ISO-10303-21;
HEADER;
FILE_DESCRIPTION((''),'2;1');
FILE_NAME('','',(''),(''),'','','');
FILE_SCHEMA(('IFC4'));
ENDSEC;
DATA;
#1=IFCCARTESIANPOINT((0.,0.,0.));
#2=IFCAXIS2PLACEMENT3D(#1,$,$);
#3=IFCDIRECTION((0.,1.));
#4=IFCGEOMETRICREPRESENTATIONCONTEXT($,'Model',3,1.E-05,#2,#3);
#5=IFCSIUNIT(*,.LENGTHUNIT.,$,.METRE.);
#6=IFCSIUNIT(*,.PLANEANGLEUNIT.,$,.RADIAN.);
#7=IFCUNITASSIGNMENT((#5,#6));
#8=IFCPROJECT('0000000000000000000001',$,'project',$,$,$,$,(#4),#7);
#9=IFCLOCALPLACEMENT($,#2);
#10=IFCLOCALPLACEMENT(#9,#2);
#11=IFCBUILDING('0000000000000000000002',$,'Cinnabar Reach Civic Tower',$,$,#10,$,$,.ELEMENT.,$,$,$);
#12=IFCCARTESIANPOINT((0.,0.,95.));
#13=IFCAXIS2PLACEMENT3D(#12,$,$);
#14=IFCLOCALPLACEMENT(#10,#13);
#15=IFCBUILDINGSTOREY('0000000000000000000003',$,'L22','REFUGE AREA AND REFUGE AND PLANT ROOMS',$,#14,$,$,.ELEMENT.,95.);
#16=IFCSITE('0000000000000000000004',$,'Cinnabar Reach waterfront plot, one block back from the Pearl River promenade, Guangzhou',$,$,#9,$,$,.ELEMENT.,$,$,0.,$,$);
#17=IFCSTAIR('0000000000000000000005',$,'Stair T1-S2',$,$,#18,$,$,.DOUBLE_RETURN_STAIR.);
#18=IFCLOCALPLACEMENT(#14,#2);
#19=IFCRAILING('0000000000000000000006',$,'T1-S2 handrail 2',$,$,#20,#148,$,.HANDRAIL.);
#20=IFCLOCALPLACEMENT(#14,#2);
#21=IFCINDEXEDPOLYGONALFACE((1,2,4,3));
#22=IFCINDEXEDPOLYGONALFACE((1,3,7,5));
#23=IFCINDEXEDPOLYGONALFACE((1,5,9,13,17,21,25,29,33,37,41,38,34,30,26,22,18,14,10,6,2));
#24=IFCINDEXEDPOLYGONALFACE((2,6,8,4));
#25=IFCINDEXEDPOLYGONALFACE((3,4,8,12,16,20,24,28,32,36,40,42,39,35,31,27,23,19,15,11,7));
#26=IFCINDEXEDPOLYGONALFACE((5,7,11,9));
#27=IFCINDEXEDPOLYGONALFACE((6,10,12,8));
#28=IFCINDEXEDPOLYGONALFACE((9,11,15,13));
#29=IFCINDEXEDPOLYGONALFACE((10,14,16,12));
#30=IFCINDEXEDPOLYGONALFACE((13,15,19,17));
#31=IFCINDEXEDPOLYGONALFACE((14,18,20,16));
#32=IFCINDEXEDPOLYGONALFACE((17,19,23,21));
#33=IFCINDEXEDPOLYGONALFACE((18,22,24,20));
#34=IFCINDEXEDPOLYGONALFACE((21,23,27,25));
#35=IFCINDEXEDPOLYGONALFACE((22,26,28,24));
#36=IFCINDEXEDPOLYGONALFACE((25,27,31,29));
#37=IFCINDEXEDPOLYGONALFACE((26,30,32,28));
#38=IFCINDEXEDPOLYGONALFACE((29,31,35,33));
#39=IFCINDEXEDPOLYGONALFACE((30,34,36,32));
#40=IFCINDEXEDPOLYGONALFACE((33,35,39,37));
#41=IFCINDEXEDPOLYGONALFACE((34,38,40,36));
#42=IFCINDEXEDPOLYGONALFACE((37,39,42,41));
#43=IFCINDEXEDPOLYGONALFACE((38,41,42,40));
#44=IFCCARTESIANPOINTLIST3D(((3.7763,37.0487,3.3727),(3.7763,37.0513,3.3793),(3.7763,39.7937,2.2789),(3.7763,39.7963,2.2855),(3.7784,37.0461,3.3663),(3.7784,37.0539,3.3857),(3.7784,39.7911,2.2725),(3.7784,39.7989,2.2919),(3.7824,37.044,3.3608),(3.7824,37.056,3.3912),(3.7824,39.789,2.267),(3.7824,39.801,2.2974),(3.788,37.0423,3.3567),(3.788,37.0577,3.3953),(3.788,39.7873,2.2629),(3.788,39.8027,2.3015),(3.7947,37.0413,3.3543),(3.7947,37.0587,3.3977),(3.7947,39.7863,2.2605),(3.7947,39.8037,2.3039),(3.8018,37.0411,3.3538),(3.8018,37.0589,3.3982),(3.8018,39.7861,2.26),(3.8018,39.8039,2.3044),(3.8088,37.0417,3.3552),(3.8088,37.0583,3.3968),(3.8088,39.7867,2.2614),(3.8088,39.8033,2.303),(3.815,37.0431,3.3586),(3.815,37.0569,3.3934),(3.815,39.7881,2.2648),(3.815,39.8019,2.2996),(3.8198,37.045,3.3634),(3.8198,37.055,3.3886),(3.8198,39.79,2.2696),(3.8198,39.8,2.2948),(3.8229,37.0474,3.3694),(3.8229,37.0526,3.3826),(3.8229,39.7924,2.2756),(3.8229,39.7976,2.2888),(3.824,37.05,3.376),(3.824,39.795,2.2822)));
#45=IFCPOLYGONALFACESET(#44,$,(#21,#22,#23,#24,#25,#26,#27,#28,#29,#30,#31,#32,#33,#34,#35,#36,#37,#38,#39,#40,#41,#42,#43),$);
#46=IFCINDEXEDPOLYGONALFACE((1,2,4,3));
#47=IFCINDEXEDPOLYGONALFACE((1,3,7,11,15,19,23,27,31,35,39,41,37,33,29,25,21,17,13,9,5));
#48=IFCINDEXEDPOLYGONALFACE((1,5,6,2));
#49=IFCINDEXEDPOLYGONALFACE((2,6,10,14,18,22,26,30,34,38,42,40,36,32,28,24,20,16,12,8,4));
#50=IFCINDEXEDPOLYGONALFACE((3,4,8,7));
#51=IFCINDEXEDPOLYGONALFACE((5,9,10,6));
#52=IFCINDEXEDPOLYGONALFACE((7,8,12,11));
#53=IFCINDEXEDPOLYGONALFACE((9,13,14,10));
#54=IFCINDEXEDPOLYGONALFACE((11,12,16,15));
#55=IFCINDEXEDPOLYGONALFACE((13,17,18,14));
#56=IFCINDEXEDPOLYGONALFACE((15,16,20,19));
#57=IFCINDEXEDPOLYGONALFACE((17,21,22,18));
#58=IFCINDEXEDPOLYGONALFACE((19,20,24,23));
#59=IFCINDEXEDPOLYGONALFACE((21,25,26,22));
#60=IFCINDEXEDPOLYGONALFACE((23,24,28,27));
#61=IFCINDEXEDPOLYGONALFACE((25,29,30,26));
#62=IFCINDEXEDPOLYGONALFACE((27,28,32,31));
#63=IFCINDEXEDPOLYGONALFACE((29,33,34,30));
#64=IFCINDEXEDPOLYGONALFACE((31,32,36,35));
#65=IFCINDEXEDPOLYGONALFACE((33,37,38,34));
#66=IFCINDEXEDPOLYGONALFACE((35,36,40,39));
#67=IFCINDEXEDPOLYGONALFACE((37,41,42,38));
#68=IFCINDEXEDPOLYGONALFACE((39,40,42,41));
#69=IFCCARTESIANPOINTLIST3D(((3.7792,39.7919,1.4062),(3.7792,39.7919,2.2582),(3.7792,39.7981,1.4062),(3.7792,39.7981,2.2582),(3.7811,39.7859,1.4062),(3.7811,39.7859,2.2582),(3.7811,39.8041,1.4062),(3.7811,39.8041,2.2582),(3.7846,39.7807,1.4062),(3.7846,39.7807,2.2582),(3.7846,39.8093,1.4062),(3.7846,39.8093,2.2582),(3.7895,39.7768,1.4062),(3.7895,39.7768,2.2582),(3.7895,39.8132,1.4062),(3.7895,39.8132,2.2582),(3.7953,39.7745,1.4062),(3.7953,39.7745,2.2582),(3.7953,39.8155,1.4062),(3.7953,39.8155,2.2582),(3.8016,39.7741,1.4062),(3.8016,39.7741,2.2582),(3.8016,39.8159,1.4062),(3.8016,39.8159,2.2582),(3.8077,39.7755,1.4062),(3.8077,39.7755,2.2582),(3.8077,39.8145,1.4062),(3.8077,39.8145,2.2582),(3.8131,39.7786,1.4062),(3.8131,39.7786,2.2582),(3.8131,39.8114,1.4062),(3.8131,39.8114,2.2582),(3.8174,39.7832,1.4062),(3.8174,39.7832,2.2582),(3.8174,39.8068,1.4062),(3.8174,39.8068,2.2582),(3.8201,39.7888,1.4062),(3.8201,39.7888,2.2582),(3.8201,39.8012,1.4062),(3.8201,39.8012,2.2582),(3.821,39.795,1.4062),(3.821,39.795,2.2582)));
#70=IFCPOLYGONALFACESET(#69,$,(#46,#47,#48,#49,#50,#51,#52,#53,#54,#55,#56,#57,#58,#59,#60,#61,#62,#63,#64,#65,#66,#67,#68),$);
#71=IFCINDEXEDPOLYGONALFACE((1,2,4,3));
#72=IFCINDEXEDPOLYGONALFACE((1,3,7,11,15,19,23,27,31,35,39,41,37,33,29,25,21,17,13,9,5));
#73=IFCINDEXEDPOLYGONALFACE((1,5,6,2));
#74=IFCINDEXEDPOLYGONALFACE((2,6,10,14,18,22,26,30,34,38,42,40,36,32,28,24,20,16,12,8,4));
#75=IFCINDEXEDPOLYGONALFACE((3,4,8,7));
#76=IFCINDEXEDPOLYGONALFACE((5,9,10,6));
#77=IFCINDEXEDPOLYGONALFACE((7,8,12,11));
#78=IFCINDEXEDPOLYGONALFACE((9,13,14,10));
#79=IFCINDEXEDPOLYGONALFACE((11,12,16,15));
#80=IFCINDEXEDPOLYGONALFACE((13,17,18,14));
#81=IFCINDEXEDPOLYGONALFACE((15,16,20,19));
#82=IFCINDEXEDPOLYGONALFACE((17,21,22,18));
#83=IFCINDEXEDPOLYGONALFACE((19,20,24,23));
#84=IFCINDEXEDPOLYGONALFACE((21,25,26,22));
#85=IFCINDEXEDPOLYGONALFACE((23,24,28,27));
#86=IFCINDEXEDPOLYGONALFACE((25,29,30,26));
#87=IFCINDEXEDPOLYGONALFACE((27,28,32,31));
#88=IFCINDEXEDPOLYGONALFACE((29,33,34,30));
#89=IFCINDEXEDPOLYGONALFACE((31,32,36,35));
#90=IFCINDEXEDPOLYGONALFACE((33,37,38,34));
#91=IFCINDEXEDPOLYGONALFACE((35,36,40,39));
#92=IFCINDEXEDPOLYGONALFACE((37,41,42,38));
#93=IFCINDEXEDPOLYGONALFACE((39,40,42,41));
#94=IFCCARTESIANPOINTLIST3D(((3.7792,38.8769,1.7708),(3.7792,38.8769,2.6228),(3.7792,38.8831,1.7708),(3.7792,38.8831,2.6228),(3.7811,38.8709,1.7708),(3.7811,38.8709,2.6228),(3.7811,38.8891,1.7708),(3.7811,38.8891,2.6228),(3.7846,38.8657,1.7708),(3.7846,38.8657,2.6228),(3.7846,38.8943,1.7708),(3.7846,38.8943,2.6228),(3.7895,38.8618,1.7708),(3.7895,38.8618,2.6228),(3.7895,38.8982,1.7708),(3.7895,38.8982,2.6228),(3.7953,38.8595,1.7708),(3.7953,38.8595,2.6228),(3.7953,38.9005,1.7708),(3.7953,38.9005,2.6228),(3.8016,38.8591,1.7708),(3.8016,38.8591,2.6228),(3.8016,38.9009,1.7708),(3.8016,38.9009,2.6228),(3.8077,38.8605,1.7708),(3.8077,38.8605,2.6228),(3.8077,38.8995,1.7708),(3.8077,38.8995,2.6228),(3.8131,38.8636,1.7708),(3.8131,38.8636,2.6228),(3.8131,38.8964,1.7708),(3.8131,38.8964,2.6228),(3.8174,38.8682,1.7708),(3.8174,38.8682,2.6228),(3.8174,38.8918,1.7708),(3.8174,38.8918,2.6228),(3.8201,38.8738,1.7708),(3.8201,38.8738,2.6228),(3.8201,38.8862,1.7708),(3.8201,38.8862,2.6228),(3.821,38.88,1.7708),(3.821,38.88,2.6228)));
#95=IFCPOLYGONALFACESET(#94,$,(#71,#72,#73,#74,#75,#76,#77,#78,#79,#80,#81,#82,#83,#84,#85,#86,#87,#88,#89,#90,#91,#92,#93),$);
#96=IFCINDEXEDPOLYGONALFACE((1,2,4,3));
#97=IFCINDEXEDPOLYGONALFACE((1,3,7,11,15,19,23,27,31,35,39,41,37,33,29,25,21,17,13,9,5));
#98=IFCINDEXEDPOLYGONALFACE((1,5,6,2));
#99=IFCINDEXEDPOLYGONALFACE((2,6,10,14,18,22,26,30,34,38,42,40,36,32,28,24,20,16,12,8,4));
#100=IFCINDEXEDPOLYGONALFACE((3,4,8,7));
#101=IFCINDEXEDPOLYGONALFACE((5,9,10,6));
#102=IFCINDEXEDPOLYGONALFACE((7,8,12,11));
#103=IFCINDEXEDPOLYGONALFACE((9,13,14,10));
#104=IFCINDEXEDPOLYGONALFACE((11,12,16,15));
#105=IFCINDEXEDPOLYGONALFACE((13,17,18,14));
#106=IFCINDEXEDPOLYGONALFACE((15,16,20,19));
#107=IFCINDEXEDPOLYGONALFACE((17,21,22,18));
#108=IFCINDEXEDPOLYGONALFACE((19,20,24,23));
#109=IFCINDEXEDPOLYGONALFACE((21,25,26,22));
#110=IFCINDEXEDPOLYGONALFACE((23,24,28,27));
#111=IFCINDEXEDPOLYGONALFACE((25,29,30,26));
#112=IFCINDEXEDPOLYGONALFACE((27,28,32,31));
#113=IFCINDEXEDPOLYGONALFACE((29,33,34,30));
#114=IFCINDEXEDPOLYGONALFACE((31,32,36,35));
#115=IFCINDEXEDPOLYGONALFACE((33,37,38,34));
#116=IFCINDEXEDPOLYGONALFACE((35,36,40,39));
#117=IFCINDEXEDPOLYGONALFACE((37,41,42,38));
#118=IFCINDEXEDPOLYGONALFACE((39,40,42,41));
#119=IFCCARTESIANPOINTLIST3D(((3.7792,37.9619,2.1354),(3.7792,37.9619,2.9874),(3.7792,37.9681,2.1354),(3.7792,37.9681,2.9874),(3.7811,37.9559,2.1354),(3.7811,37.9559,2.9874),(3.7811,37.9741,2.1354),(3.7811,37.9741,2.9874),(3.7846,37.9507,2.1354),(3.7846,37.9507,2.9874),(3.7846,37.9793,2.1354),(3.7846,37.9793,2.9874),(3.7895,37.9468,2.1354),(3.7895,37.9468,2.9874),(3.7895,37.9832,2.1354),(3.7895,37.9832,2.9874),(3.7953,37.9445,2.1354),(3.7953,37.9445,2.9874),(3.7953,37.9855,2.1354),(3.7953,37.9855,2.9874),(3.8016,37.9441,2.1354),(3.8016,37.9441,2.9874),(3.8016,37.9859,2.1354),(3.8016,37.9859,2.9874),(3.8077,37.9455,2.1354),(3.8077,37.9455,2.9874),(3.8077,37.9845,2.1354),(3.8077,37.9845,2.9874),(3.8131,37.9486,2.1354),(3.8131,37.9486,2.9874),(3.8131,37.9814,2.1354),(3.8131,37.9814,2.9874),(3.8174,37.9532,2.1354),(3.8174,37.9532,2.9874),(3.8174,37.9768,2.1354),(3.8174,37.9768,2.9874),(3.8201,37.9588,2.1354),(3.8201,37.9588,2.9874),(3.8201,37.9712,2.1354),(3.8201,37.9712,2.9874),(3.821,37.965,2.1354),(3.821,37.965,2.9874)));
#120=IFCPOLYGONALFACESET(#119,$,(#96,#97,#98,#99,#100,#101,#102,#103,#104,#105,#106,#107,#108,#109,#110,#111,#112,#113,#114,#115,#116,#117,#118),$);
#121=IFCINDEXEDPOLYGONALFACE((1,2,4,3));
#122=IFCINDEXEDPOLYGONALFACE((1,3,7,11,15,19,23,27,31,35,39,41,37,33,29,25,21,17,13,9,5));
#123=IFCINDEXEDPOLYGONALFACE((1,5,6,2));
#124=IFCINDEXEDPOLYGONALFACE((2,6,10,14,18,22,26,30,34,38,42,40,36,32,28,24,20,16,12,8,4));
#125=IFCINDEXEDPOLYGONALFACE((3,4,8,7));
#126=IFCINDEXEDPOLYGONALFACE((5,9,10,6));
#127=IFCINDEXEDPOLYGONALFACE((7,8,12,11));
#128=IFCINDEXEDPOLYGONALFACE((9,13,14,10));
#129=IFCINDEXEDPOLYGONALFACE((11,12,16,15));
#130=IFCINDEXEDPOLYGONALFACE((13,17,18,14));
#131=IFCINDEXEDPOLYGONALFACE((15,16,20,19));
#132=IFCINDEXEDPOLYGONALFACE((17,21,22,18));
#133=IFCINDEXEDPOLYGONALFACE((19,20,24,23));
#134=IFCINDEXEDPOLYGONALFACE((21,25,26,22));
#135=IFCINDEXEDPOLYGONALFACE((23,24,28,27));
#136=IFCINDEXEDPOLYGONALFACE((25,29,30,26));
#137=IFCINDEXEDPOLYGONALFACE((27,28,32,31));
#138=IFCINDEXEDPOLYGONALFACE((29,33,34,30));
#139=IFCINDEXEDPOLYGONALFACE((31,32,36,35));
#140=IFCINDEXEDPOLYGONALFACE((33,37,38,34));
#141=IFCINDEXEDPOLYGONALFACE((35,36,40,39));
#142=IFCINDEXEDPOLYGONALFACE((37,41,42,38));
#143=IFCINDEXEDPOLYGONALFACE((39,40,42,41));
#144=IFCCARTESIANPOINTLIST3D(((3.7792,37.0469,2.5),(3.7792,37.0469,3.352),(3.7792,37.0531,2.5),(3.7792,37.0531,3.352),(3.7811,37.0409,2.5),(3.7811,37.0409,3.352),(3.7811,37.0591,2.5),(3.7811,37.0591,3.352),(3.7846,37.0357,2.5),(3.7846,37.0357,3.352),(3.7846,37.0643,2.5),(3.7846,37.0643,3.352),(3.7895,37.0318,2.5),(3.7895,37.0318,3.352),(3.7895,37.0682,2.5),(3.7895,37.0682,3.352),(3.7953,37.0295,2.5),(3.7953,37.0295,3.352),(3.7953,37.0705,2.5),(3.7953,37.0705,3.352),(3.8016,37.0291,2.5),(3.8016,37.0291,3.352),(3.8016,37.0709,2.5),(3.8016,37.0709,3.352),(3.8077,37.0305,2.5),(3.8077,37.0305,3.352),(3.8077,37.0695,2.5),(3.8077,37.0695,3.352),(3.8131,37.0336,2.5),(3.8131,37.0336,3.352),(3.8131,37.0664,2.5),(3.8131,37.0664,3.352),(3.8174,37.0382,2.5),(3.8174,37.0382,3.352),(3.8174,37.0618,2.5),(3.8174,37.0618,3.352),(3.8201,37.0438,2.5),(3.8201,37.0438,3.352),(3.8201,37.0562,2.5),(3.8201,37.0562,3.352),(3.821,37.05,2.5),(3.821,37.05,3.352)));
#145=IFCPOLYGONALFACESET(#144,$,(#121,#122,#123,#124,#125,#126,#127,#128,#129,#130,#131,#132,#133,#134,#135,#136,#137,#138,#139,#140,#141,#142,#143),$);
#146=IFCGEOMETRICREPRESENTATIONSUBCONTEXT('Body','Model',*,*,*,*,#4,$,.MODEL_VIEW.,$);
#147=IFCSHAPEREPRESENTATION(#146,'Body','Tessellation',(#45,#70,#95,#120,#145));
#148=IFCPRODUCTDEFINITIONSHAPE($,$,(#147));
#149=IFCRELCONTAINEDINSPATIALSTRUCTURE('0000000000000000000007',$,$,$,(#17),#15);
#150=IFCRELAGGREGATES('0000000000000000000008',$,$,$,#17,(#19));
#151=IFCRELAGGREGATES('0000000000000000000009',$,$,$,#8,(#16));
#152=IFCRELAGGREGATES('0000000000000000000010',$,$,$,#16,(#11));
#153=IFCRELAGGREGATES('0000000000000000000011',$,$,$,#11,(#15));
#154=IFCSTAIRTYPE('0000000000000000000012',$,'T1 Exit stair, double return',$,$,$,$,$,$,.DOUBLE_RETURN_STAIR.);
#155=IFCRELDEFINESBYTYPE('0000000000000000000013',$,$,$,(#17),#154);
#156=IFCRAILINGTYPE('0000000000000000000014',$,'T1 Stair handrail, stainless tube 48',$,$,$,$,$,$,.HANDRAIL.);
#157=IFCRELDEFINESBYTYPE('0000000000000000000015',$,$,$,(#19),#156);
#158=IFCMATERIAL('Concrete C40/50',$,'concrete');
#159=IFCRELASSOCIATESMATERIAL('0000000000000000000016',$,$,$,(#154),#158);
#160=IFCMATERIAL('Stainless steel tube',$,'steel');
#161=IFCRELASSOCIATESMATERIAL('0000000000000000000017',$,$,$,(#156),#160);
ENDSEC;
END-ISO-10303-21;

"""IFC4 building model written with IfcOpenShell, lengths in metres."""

from ifc_helpers import new_model, si_unit, direction, frame, origin, origin_2d, place, context, subcontext, project, spatial, circle, extrude, material, type_object, element, aggregate, save


model = new_model("IFC4")

# Units and contexts
model_context = context("Model", 3, precision=1e-05, world=origin(), true_north=direction((0.0, 1.0)))
body_context = subcontext(model_context, "Body", "Model", "MODEL_VIEW")
ifc_project = project(units=[si_unit("LENGTHUNIT", "METRE"), si_unit("PLANEANGLEUNIT", "RADIAN")], contexts=[model_context])

# Site, building, storey
site_placement = place(None, origin())
site = spatial("IfcSite", under=ifc_project, at=site_placement, Name="Cinnabar Reach waterfront plot, one block back from the Pearl River promenade, Guangzhou", CompositionType="ELEMENT", RefElevation=0.0)
building_placement = place(site_placement, origin())
building = spatial("IfcBuilding", under=site, at=building_placement, Name="Cinnabar Reach Civic Tower", CompositionType="ELEMENT")
storey_placement = place(building_placement, frame((0.0, 0.0, 95.0)))
storey = spatial("IfcBuildingStorey", under=building, at=storey_placement, Name="L22", Description="REFUGE AREA AND REFUGE AND PLANT ROOMS", CompositionType="ELEMENT", Elevation=95.0)

# Stair, railing
ifc_material_1 = material(Name="Concrete C40/50", Category="concrete")
stair_type = type_object("IfcStairType", Name="T1 Exit stair, double return", PredefinedType="DOUBLE_RETURN_STAIR", material=ifc_material_1)
stair_placement = place(storey_placement, origin())
stair = element("IfcStair", 1, at=stair_placement, inside=storey, type_object=stair_type, Name="Stair T1-S2", PredefinedType="DOUBLE_RETURN_STAIR")
ifc_material_2 = material(Name="Stainless steel tube", Category="steel")
railing_type = type_object("IfcRailingType", Name="T1 Stair handrail, stainless tube 48", PredefinedType="HANDRAIL", material=ifc_material_2)
railing_1_placement = place(storey_placement, frame((3.8, 39.795, 1.4062)))
railing_1 = element("IfcRailing", 2, at=railing_1_placement, type_object=railing_type, Name="T1-S2 handrail 2", PredefinedType="HANDRAIL", context=body_context, shape_type="SweptSolid", body=[
    extrude(circle(Radius=0.024, at=origin_2d()), frame((0.0, 0.0, 0.876), z_axis=(0.0, -0.928966, 0.370165), x_axis=(1.0, 0.0, 0.0)), (0.0, 0.0, 1.0), 2.9549),
    extrude(circle(Radius=0.021, at=origin_2d()), origin(), (0.0, 0.0, 1.0), 0.852),
    extrude(circle(Radius=0.021, at=origin_2d()), frame((0.0, -0.915, 0.3646)), (0.0, 0.0, 1.0), 0.852),
    extrude(circle(Radius=0.021, at=origin_2d()), frame((0.0, -1.83, 0.7292)), (0.0, 0.0, 1.0), 0.852),
    extrude(circle(Radius=0.021, at=origin_2d()), frame((0.0, -2.745, 1.0938)), (0.0, 0.0, 1.0), 0.852),
])
aggregate(stair, [railing_1])

save(model, "model.ifc")
